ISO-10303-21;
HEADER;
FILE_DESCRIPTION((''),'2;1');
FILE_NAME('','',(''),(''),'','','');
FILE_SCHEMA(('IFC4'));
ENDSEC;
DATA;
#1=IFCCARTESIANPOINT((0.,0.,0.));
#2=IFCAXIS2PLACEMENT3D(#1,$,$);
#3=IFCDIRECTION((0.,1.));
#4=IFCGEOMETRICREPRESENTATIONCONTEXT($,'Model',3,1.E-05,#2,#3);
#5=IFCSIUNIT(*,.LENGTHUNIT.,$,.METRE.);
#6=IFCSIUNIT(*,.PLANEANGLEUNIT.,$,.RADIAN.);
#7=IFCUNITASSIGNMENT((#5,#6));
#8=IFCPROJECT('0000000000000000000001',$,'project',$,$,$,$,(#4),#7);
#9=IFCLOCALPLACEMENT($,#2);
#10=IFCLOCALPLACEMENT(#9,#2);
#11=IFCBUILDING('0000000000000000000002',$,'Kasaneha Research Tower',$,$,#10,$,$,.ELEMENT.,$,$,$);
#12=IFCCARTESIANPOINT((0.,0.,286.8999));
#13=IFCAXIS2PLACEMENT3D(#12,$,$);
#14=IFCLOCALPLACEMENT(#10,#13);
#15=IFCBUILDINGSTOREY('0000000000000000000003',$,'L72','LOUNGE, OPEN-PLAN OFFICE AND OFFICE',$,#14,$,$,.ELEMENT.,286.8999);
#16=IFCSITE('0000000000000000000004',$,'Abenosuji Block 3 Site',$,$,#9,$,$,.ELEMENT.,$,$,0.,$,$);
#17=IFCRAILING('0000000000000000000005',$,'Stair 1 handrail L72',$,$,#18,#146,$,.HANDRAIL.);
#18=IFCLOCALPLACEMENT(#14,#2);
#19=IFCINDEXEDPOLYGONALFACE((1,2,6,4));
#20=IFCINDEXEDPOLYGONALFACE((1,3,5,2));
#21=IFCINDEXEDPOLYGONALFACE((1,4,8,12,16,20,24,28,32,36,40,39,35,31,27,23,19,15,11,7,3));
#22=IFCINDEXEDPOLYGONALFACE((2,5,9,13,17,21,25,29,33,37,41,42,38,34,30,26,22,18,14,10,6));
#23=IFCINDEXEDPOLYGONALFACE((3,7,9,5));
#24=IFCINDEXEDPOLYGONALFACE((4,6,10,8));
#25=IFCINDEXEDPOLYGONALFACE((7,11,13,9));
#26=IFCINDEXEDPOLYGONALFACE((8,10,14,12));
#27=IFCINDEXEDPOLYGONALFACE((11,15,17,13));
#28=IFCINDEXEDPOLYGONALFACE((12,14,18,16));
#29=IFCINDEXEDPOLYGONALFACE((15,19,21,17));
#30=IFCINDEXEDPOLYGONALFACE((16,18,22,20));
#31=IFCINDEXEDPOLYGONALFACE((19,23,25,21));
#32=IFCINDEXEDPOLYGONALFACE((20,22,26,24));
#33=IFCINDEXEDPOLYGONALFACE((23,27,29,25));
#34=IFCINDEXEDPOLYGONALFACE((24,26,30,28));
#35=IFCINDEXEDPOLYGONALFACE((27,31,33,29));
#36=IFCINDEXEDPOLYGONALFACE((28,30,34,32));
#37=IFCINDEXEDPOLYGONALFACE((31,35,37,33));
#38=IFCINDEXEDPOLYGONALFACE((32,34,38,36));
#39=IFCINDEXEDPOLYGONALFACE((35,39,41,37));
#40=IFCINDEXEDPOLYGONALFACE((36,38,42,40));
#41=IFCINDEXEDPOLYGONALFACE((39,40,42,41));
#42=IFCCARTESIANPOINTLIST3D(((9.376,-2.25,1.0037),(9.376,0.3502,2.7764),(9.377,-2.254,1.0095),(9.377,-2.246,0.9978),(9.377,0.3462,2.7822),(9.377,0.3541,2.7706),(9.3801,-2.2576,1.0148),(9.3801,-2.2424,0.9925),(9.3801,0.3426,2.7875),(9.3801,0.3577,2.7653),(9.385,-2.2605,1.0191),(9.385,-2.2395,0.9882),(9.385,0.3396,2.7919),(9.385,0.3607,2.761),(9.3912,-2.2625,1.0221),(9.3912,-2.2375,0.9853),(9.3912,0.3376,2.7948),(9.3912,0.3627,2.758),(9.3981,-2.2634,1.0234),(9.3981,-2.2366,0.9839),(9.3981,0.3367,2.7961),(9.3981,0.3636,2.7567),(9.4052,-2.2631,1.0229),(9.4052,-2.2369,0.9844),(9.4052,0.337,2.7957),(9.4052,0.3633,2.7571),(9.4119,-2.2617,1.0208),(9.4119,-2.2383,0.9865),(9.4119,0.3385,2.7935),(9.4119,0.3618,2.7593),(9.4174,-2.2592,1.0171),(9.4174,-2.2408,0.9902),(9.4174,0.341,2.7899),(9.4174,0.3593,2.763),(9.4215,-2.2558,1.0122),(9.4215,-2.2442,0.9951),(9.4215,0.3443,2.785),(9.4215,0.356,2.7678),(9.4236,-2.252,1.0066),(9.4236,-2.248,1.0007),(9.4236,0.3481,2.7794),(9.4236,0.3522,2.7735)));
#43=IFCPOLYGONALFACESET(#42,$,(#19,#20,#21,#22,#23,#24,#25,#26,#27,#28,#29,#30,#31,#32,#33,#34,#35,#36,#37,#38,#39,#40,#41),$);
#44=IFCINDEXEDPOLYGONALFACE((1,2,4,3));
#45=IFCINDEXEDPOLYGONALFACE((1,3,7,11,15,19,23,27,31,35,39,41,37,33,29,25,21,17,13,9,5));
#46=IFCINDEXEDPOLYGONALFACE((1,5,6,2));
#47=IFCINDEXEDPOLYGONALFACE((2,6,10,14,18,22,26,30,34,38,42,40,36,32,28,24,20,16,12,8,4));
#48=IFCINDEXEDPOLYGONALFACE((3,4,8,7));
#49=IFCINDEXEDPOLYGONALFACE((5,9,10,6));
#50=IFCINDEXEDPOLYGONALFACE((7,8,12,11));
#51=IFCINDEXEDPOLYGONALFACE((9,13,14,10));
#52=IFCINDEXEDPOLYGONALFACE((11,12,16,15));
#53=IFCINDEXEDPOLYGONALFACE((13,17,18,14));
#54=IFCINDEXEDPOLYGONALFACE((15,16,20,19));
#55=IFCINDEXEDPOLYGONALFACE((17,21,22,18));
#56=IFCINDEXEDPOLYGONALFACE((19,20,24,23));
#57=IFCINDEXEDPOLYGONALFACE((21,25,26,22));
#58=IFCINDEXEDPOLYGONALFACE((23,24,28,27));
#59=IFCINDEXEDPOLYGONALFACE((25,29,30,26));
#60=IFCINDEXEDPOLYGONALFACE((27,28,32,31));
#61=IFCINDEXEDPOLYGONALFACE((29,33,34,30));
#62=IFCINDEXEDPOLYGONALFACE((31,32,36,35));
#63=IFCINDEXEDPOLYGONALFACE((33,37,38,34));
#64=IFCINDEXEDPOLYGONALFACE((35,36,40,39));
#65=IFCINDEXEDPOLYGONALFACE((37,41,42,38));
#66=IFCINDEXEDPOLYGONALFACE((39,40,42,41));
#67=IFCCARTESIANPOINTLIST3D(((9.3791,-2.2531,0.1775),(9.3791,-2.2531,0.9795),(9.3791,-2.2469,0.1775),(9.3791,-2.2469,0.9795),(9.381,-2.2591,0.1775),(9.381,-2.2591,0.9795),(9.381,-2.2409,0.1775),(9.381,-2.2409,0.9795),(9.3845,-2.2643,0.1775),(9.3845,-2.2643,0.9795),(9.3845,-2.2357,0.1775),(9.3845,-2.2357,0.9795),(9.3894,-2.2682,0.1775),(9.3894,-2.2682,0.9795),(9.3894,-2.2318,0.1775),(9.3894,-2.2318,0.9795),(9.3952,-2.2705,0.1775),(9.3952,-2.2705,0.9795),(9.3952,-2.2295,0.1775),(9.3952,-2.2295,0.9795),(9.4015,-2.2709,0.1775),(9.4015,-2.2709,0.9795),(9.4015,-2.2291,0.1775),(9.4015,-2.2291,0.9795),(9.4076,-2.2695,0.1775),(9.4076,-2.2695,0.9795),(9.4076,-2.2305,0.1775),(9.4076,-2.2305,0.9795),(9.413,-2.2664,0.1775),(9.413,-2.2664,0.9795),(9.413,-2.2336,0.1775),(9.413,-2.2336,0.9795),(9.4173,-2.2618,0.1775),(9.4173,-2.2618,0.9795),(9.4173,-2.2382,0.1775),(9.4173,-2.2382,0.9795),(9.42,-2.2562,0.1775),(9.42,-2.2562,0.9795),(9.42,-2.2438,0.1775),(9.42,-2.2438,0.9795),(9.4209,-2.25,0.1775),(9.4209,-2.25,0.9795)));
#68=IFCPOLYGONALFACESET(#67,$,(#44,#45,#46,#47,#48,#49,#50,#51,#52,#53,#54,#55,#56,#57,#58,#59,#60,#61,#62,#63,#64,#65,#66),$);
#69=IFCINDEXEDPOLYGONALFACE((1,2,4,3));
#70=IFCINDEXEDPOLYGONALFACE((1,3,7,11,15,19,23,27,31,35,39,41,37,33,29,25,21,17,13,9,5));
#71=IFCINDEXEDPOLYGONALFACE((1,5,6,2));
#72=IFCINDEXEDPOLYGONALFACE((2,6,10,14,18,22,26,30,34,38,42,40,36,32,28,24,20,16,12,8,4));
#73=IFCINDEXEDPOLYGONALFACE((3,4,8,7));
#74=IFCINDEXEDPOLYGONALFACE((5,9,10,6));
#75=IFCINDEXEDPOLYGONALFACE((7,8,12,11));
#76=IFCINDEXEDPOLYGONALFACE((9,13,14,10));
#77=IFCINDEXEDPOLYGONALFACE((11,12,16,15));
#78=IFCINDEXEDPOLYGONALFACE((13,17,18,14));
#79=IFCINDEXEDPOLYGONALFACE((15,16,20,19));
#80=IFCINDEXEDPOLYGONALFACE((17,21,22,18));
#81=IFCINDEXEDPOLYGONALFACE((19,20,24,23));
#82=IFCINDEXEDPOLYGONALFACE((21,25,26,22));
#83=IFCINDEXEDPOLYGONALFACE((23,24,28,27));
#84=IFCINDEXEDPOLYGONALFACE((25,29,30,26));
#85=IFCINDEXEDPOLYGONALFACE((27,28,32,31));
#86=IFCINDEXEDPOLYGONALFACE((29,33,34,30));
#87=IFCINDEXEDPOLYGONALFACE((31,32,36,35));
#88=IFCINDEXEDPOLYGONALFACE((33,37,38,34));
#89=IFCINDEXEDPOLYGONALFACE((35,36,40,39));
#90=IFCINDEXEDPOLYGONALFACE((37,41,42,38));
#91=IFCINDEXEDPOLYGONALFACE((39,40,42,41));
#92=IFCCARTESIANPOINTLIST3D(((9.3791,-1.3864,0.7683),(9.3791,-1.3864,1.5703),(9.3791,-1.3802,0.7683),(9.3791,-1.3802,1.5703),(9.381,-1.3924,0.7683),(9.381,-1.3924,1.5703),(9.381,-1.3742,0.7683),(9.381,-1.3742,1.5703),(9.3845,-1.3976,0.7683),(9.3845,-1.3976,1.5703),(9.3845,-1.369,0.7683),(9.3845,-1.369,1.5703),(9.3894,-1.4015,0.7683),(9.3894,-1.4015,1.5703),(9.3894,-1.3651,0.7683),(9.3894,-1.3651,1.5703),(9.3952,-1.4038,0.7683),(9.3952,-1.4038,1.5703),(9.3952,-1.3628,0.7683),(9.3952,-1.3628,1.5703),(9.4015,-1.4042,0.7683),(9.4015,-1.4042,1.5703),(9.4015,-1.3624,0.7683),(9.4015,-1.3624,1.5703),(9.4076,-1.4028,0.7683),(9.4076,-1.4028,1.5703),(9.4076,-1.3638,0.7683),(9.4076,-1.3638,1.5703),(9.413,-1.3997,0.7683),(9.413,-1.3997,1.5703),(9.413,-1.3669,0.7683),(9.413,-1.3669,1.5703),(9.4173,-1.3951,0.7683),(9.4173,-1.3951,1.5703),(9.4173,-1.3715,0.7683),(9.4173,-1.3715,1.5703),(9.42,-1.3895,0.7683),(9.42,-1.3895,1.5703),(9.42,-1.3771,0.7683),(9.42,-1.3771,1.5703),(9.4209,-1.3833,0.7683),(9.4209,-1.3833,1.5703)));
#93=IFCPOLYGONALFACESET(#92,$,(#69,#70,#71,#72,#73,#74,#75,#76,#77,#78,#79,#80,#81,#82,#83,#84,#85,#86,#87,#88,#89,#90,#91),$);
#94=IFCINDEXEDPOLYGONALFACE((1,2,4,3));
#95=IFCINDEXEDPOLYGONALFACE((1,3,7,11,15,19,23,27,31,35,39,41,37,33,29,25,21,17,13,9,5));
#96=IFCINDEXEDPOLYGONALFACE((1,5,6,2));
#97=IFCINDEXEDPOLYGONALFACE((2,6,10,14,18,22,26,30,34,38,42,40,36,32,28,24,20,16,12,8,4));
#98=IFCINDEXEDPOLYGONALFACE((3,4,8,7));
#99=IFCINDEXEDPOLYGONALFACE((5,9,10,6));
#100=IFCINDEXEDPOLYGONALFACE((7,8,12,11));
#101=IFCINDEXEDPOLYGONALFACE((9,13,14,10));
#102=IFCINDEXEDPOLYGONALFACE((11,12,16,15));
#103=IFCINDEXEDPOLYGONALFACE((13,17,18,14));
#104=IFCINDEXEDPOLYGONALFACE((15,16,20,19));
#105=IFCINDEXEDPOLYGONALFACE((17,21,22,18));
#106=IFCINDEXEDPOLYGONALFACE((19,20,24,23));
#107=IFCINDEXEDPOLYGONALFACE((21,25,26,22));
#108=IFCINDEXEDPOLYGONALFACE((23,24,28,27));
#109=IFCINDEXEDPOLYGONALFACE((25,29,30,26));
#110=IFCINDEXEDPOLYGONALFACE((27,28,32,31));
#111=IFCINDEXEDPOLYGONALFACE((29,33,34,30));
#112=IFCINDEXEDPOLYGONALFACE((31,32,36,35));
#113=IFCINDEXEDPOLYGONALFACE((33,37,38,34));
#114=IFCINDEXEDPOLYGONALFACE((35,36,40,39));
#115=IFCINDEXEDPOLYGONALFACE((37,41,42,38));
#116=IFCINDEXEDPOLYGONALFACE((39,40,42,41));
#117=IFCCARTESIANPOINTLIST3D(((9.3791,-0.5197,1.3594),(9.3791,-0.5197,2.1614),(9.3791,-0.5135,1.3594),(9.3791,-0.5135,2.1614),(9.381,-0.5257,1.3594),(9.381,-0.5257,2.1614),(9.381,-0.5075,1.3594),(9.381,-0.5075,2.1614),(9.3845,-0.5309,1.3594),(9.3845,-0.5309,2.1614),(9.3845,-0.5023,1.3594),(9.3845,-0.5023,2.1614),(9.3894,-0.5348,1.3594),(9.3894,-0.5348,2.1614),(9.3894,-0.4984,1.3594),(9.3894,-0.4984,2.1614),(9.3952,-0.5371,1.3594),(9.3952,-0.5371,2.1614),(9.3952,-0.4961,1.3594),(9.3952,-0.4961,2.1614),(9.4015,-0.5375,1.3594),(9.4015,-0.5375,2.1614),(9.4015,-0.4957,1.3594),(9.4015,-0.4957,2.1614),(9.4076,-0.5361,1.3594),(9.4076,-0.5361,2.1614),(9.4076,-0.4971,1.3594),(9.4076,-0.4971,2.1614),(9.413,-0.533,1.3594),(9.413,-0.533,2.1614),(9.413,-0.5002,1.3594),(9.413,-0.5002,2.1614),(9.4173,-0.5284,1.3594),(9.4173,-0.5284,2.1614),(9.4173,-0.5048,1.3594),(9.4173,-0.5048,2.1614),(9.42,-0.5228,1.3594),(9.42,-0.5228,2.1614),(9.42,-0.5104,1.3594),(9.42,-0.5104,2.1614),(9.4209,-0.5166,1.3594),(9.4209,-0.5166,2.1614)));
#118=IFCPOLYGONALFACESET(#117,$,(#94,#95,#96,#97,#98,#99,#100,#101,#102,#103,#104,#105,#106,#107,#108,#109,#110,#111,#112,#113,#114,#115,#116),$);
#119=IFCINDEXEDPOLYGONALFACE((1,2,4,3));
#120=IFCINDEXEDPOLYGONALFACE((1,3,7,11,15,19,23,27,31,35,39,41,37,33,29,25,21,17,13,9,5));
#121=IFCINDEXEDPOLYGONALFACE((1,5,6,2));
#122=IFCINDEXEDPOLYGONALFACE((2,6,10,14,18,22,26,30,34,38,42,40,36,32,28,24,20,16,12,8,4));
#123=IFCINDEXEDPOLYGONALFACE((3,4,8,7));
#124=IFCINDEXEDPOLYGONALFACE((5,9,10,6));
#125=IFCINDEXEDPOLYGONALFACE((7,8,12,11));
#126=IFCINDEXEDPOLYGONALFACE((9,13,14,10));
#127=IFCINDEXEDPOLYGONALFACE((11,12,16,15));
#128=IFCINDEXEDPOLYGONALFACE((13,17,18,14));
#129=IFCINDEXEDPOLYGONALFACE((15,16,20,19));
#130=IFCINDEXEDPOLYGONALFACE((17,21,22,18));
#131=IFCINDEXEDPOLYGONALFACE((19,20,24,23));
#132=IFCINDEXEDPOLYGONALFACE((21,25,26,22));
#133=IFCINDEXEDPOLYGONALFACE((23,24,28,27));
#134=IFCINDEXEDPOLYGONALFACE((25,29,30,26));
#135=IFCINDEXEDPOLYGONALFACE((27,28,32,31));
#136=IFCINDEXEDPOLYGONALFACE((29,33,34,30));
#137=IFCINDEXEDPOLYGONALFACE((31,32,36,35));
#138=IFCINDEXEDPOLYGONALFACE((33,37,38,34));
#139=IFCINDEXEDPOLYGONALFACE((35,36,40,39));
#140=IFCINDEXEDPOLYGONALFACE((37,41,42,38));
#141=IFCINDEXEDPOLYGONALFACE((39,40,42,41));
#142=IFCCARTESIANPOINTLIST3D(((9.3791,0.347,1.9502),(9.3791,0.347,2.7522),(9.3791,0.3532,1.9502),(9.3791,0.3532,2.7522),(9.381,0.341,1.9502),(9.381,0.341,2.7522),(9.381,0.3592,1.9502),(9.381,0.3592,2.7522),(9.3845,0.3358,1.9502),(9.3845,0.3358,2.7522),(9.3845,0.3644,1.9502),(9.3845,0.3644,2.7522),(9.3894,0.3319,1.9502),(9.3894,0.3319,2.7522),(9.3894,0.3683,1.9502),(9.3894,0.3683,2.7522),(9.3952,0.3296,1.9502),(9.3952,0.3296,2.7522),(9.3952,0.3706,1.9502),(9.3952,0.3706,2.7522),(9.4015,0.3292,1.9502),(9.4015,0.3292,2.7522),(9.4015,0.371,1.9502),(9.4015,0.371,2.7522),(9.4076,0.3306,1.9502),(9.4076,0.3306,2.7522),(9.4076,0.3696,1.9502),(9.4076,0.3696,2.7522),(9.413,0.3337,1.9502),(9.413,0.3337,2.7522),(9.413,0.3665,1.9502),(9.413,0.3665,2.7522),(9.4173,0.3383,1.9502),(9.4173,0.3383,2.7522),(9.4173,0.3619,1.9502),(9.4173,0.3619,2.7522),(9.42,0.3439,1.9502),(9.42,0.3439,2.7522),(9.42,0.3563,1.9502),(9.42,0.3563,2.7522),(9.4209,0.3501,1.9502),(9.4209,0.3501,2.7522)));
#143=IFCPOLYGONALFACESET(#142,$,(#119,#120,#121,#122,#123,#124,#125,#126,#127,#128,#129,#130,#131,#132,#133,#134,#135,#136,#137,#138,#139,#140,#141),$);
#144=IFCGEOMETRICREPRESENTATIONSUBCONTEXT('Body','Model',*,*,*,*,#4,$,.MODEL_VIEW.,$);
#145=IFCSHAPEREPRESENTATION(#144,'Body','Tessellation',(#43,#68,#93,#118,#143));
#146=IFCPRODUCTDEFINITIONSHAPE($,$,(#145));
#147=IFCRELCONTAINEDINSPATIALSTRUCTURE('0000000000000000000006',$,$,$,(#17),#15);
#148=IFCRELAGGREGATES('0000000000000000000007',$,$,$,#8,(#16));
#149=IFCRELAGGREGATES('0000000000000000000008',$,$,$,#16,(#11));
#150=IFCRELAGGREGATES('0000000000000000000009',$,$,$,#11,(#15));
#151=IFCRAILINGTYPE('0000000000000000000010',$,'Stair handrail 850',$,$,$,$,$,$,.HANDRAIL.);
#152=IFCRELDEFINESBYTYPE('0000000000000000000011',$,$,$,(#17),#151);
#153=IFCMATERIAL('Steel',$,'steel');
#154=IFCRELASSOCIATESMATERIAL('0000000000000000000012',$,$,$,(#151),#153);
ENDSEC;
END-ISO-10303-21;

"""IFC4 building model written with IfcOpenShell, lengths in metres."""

from ifc_helpers import new_model, si_unit, direction, frame, origin, origin_2d, place, context, subcontext, project, spatial, circle, extrude, material, type_object, element, save


model = new_model("IFC4")

# Units and contexts
model_context = context("Model", 3, precision=1e-05, world=origin(), true_north=direction((0.0, 1.0)))
body_context = subcontext(model_context, "Body", "Model", "MODEL_VIEW")
ifc_project = project(units=[si_unit("LENGTHUNIT", "METRE"), si_unit("PLANEANGLEUNIT", "RADIAN")], contexts=[model_context])

# Site, building, storey
site_placement = place(None, origin())
site = spatial("IfcSite", under=ifc_project, at=site_placement, Name="Abenosuji Block 3 Site", CompositionType="ELEMENT", RefElevation=0.0)
building_placement = place(site_placement, origin())
building = spatial("IfcBuilding", under=site, at=building_placement, Name="Kasaneha Research Tower", CompositionType="ELEMENT")
storey_placement = place(building_placement, frame((0.0, 0.0, 286.8999)))
storey = spatial("IfcBuildingStorey", under=building, at=storey_placement, Name="L72", Description="LOUNGE, OPEN-PLAN OFFICE AND OFFICE", CompositionType="ELEMENT", Elevation=286.8999)

# Railing
ifc_material_1 = material(Name="Steel", Category="steel")
railing_type = type_object("IfcRailingType", Name="Stair handrail 850", PredefinedType="HANDRAIL", material=ifc_material_1)
railing_placement = place(storey_placement, frame((9.3999, -2.25, 0.1775)))
element("IfcRailing", 1, at=railing_placement, inside=storey, type_object=railing_type, Name="Stair 1 handrail L72", PredefinedType="HANDRAIL", context=body_context, shape_type="SweptSolid", body=[
    extrude(circle(Radius=0.0239, at=origin_2d()), frame((0.0, 0.0, 0.8262), z_axis=(0.0, 0.82624, 0.563318), x_axis=(-1.0, 0.0, 0.0)), (0.0, 0.0, 1.0), 3.147),
    extrude(circle(Radius=0.021, at=origin_2d()), origin(), (0.0, 0.0, 1.0), 0.802),
    extrude(circle(Radius=0.021, at=origin_2d()), frame((0.0, 0.8667, 0.5908)), (0.0, 0.0, 1.0), 0.802),
    extrude(circle(Radius=0.021, at=origin_2d()), frame((0.0, 1.7334, 1.1819)), (0.0, 0.0, 1.0), 0.802),
    extrude(circle(Radius=0.021, at=origin_2d()), frame((0.0, 2.6001, 1.7727)), (0.0, 0.0, 1.0), 0.802),
])

save(model, "model.ifc")
